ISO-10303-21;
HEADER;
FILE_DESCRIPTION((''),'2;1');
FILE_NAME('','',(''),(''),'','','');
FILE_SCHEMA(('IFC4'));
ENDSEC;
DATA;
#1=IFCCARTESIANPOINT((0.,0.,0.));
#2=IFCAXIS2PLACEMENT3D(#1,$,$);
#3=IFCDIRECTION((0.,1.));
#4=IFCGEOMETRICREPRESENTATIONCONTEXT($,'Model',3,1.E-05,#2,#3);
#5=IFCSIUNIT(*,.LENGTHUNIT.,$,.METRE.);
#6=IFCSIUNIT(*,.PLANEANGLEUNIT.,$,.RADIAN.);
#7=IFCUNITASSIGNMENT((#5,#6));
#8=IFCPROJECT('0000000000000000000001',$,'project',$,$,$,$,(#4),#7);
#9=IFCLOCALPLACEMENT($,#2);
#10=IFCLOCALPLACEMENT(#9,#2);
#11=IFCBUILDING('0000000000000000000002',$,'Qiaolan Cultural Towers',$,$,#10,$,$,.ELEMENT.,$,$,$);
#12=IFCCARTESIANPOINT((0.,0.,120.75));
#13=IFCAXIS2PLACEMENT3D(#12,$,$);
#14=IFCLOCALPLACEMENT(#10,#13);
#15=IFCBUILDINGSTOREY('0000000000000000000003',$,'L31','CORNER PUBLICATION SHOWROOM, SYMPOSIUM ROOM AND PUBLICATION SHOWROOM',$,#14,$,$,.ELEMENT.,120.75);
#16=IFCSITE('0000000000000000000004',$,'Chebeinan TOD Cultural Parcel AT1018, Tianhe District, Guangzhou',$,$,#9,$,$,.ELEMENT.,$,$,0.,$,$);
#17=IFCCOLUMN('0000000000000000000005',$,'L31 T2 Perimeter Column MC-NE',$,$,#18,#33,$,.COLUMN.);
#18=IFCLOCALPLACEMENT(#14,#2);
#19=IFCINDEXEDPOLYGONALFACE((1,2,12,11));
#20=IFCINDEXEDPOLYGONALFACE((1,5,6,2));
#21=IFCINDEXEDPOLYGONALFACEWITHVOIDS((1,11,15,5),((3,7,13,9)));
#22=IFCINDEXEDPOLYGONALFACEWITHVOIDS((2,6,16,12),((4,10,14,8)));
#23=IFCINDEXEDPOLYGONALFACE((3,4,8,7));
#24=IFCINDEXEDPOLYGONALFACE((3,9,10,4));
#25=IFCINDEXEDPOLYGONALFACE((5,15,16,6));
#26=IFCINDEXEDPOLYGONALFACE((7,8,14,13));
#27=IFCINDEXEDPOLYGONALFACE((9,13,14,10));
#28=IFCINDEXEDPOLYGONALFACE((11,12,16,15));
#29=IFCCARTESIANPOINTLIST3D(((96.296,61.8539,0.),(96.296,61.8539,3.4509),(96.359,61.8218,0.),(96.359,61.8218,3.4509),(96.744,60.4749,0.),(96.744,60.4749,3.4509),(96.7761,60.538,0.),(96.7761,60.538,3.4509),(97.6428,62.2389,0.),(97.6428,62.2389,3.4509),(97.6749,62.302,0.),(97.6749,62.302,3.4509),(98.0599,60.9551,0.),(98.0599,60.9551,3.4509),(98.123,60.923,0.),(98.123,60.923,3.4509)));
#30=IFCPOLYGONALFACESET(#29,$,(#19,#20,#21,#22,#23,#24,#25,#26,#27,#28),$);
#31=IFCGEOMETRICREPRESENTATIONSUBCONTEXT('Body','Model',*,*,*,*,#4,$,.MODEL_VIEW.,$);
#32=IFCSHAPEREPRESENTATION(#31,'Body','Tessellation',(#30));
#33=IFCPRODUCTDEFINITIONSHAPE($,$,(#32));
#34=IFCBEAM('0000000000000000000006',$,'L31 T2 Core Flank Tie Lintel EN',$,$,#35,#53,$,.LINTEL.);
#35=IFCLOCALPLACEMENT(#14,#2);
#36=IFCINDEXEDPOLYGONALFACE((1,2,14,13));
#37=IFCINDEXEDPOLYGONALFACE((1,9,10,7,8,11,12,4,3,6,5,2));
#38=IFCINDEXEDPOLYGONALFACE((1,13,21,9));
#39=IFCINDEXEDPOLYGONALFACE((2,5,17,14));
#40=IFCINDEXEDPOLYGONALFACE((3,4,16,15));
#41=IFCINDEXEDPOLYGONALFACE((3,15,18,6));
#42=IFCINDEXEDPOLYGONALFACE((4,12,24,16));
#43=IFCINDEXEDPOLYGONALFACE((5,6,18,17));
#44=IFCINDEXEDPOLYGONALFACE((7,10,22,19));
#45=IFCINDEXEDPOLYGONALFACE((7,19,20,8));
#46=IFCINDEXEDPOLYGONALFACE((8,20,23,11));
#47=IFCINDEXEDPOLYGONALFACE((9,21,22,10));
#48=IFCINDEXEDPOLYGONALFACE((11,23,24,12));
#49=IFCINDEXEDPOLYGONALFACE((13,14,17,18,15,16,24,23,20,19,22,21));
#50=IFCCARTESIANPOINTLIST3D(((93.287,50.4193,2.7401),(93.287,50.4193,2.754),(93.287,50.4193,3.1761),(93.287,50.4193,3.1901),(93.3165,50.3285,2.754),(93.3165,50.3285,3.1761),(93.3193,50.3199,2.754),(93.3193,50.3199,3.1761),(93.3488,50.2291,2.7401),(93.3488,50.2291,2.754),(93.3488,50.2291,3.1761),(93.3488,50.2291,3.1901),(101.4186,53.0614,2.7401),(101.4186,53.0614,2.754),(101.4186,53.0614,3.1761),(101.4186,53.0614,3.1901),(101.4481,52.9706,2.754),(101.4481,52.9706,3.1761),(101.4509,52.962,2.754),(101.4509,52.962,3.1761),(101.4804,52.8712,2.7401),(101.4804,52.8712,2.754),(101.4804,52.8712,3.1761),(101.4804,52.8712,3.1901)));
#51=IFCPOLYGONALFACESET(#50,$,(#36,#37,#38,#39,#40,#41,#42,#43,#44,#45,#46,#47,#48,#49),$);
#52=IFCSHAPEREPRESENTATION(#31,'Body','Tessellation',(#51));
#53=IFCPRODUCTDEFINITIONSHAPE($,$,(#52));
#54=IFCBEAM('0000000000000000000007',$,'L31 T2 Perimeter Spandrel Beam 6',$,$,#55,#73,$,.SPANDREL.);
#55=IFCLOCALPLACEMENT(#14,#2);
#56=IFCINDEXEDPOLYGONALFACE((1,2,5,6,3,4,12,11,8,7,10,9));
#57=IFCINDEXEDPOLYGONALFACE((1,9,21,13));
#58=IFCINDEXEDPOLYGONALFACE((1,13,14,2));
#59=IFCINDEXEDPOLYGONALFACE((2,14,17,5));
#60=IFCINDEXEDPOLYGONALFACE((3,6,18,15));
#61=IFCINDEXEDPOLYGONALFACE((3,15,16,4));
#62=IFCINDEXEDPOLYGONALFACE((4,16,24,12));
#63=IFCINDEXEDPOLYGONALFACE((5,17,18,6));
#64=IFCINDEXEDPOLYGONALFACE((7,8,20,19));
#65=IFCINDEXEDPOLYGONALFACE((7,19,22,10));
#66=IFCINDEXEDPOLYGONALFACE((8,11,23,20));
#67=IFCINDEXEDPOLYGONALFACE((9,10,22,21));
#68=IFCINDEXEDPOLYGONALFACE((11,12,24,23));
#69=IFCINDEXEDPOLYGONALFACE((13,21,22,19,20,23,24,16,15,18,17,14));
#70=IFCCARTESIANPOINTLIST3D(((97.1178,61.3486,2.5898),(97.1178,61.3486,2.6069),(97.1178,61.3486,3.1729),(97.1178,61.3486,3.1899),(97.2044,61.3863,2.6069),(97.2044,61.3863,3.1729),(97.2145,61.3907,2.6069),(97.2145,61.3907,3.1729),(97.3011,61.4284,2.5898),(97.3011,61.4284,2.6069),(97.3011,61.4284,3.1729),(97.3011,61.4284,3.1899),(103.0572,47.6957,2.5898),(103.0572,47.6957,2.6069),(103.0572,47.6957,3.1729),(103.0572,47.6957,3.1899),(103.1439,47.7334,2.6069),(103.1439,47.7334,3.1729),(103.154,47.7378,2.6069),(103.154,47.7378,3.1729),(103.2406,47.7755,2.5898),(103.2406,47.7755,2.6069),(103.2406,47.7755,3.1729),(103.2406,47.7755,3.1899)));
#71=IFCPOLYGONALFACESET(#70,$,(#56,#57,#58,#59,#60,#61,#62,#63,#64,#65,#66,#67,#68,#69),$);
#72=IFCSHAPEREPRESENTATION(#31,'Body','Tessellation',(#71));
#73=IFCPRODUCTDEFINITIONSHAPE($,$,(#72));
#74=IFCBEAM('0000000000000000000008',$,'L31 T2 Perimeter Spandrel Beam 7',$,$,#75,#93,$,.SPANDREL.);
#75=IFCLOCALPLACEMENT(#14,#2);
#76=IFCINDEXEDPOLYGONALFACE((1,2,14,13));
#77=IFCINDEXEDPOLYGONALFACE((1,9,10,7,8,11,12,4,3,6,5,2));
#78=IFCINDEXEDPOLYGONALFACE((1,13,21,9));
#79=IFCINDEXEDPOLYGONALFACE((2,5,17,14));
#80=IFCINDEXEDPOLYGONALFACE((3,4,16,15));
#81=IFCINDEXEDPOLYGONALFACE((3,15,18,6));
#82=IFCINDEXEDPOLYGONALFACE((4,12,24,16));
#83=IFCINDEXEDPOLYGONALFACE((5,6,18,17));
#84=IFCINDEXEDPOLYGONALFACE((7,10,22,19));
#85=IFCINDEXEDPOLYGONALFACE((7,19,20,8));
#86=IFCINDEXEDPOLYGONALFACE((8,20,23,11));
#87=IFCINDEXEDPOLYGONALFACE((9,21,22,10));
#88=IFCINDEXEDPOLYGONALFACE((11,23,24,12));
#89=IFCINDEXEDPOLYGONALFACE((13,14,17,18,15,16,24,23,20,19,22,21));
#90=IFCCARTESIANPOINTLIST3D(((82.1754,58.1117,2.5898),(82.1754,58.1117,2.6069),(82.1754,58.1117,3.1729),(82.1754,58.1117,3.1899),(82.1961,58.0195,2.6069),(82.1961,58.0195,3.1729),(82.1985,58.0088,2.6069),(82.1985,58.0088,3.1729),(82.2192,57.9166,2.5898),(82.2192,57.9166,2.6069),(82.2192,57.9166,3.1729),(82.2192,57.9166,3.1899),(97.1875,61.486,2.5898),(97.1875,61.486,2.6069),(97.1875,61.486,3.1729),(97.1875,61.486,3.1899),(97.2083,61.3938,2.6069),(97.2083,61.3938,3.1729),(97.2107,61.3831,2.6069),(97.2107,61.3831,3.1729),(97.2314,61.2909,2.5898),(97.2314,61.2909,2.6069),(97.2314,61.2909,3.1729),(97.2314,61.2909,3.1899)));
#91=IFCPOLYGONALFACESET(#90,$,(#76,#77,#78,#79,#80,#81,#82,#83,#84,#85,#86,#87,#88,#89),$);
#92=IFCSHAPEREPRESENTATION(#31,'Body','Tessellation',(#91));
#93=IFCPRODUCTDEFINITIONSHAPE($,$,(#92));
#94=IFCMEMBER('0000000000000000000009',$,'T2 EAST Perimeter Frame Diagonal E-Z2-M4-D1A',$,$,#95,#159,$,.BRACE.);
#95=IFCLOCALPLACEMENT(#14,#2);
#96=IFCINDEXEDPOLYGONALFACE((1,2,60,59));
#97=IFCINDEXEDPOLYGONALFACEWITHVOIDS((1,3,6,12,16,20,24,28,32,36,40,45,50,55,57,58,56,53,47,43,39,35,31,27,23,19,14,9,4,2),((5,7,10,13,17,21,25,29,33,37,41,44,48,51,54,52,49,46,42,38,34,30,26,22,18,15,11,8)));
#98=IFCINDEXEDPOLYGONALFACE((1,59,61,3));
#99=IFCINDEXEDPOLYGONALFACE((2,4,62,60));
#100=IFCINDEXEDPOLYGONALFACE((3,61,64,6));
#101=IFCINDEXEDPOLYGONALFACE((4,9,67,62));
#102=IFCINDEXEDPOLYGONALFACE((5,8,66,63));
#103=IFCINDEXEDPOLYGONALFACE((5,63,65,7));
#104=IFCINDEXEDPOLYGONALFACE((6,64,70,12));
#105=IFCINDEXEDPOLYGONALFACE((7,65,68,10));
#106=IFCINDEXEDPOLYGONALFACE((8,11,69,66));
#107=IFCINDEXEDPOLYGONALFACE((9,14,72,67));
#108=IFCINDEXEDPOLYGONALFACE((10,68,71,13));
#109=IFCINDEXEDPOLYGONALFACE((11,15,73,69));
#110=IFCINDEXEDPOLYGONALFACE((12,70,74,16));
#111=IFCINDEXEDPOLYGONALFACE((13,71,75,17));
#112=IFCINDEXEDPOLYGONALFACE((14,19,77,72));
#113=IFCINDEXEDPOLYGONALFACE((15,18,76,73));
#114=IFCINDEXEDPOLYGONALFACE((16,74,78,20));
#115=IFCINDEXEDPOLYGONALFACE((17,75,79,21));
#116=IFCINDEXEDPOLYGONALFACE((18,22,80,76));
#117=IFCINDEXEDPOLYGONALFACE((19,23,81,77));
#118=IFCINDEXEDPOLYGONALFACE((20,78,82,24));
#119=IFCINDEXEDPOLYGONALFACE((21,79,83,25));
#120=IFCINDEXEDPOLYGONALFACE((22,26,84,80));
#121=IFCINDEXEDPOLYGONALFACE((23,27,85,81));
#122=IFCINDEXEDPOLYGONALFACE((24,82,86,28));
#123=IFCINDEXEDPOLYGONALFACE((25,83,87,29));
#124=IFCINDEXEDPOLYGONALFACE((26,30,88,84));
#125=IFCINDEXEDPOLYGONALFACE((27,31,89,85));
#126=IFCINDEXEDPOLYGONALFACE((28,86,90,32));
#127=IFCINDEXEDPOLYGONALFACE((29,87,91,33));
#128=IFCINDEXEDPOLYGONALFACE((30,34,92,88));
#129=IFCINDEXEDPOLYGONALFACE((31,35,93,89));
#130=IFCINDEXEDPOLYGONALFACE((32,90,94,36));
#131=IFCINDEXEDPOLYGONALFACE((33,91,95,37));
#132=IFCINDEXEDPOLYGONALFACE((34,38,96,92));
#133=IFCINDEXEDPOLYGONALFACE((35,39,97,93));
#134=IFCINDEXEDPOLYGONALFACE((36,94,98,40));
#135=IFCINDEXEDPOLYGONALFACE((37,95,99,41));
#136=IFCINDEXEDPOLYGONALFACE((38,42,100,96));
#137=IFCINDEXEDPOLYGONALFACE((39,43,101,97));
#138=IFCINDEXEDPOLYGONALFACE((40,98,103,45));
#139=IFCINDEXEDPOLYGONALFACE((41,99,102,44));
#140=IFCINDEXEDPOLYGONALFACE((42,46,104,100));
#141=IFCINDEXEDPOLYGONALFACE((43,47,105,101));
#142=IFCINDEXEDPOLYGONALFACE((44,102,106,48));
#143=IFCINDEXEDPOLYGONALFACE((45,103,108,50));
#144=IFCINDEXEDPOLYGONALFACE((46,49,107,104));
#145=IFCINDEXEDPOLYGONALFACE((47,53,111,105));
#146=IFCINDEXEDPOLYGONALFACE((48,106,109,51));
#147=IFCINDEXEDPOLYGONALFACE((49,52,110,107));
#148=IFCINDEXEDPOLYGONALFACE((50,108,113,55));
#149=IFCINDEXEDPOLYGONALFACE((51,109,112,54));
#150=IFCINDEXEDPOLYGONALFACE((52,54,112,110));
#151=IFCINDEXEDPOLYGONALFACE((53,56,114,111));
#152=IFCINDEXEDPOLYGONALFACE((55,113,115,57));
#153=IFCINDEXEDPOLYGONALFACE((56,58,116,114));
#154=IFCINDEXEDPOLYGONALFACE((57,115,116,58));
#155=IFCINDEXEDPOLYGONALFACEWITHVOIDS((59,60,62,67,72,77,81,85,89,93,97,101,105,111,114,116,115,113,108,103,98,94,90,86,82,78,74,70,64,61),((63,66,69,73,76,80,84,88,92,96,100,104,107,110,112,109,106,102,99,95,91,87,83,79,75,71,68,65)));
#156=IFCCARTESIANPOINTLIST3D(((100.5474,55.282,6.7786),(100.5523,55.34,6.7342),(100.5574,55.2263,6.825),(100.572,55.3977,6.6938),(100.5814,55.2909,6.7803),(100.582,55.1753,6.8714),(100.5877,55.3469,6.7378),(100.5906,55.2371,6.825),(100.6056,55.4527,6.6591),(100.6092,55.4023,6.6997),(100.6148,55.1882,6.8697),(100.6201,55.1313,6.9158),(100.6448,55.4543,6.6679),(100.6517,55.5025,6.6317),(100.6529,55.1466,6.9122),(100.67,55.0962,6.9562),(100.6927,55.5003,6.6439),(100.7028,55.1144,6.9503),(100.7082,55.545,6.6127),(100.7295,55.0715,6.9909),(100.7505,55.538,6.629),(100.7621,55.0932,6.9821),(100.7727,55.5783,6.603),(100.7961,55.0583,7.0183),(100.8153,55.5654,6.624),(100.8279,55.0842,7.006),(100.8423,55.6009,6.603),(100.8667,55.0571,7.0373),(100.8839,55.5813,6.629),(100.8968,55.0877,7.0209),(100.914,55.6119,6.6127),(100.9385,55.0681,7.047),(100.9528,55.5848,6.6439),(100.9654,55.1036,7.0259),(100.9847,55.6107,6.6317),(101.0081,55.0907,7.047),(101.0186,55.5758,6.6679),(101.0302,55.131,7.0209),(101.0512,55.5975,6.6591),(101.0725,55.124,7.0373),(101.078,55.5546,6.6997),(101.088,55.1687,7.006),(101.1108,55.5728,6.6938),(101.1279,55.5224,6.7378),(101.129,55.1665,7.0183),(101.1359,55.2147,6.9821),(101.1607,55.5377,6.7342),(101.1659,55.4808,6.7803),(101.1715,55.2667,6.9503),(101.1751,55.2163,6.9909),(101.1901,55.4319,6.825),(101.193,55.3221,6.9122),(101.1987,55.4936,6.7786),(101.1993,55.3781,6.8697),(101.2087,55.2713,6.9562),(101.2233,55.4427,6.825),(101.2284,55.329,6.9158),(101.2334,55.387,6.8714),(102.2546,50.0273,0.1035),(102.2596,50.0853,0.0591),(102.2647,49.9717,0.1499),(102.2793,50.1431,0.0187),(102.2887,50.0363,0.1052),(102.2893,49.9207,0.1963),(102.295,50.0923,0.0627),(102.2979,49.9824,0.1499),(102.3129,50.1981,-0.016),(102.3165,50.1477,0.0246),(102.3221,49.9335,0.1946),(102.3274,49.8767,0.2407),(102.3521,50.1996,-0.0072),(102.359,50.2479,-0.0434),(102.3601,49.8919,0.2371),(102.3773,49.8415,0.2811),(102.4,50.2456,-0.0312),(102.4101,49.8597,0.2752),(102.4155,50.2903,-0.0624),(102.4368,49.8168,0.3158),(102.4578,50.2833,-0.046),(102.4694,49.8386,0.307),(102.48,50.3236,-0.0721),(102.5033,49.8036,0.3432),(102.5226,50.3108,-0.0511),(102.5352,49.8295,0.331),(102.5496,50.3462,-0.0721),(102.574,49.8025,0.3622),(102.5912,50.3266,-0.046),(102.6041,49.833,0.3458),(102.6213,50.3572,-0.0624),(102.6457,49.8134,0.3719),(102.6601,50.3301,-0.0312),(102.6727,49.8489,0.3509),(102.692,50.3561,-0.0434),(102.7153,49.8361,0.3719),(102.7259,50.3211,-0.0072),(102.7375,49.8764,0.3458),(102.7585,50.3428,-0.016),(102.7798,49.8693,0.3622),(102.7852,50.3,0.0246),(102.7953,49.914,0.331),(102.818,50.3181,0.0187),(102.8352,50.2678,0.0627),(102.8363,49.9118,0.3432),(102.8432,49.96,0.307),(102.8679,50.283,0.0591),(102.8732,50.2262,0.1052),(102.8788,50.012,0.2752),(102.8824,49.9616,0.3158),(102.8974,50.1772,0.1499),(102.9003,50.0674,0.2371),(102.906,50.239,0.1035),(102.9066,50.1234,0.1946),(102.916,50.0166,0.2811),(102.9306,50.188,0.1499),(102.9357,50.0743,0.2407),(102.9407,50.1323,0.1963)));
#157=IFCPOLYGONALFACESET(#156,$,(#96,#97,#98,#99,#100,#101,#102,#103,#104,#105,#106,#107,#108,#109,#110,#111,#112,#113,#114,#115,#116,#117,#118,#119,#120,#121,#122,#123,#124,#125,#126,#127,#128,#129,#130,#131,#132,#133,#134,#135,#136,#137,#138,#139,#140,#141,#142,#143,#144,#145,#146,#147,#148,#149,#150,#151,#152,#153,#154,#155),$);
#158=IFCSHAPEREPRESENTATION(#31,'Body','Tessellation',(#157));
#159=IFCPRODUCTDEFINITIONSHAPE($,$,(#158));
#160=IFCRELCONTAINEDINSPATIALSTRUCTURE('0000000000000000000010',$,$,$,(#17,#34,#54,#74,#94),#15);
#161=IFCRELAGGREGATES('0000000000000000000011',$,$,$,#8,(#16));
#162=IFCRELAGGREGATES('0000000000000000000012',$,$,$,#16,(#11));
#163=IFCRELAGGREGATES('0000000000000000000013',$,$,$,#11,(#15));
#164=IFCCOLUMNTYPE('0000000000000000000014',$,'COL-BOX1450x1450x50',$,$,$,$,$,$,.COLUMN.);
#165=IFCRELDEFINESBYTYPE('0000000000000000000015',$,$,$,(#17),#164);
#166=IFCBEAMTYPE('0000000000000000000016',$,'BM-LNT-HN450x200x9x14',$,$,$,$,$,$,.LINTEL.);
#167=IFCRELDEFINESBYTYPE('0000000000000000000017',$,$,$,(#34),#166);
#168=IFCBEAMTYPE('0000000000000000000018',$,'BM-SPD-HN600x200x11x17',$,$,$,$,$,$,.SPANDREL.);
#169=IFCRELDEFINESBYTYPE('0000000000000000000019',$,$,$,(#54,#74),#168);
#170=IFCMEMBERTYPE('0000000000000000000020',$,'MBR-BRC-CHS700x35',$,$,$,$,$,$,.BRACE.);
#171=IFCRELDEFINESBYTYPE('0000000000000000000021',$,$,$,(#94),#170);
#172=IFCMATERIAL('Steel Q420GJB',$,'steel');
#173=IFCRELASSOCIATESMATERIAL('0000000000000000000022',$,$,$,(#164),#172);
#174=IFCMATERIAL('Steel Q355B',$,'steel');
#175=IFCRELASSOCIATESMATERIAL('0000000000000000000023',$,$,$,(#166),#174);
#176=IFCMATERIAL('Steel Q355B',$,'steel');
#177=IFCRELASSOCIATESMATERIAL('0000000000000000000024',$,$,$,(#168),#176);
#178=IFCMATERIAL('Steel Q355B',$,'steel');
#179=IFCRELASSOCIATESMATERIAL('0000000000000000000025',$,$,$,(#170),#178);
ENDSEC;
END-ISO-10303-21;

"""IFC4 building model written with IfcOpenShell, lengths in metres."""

from ifc_helpers import new_model, si_unit, direction, frame, origin, origin_2d, place, context, subcontext, project, spatial, hollow_rectangle, hollow_circle, i_section, extrude, material, material_profile, profile_set, type_object, element, save


model = new_model("IFC4")

# Units and contexts
model_context = context("Model", 3, precision=1e-05, world=origin(), true_north=direction((0.0, 1.0)))
body_context = subcontext(model_context, "Body", "Model", "MODEL_VIEW")
ifc_project = project(units=[si_unit("LENGTHUNIT", "METRE"), si_unit("PLANEANGLEUNIT", "RADIAN")], contexts=[model_context])

# Site, building, storey
site_placement = place(None, origin())
site = spatial("IfcSite", under=ifc_project, at=site_placement, Name="Chebeinan TOD Cultural Parcel AT1018, Tianhe District, Guangzhou", CompositionType="ELEMENT", RefElevation=0.0)
building_placement = place(site_placement, origin())
building = spatial("IfcBuilding", under=site, at=building_placement, Name="Qiaolan Cultural Towers", CompositionType="ELEMENT")
storey_placement = place(building_placement, frame((0.0, 0.0, 120.75)))
storey = spatial("IfcBuildingStorey", under=building, at=storey_placement, Name="L31", Description="CORNER PUBLICATION SHOWROOM, SYMPOSIUM ROOM AND PUBLICATION SHOWROOM", CompositionType="ELEMENT", Elevation=120.75)

# Column
ifc_material_1 = material(Name="Steel Q420GJB", Category="steel")
ifc_material_profile_1 = material_profile(ifc_material_1, hollow_rectangle(XDim=1.45, YDim=1.45, WallThickness=0.05, at=origin_2d()), Name="BOX1450x1450x50")
ifc_profile_set_1 = profile_set([ifc_material_profile_1], Name="Steel Q420GJB")
column_type = type_object("IfcColumnType", Name="COL-BOX1450x1450x50", PredefinedType="COLUMN", material=ifc_profile_set_1)
column_placement = place(storey_placement, frame((97.2095, 61.3884, 0.0), z_axis=(0.0, 0.0, 1.0), x_axis=(0.951057, 0.309017, 0.0)))
element("IfcColumn", 1, at=column_placement, inside=storey, type_object=column_type, Name="L31 T2 Perimeter Column MC-NE", PredefinedType="COLUMN", context=body_context, shape_type="SweptSolid", body=[
    extrude(hollow_rectangle(XDim=1.45, YDim=1.45, WallThickness=0.05, at=origin_2d()), origin(), (0.0, 0.0, 1.0), 3.4509),
])

# Beams
ifc_material_2 = material(Name="Steel Q355B", Category="steel")
ifc_material_profile_2 = material_profile(ifc_material_2, i_section(OverallWidth=0.2, OverallDepth=0.45, WebThickness=0.009, FlangeThickness=0.0139, at=origin_2d()), Name="HN450x200x9x14")
ifc_profile_set_2 = profile_set([ifc_material_profile_2], Name="Steel Q355B")
beam_type_1 = type_object("IfcBeamType", Name="BM-LNT-HN450x200x9x14", PredefinedType="LINTEL", material=ifc_profile_set_2)
beam_1_placement = place(storey_placement, frame((93.3179, 50.3242, 2.9651), z_axis=(0.951057, 0.309014, 0.0), x_axis=(-0.309014, 0.951057, 0.0)))
element("IfcBeam", 2, at=beam_1_placement, inside=storey, type_object=beam_type_1, Name="L31 T2 Core Flank Tie Lintel EN", PredefinedType="LINTEL", context=body_context, shape_type="SweptSolid", body=[
    extrude(i_section(OverallWidth=0.2, OverallDepth=0.45, WebThickness=0.009, FlangeThickness=0.0139, at=origin_2d()), origin(), (0.0, 0.0, 1.0), 8.55),
])
ifc_material_3 = material(Name="Steel Q355B", Category="steel")
ifc_material_profile_3 = material_profile(ifc_material_3, i_section(OverallWidth=0.2, OverallDepth=0.6001, WebThickness=0.011, FlangeThickness=0.0171, at=origin_2d()), Name="HN600x200x11x17")
ifc_profile_set_3 = profile_set([ifc_material_profile_3], Name="Steel Q355B")
beam_type_2 = type_object("IfcBeamType", Name="BM-SPD-HN600x200x11x17", PredefinedType="SPANDREL", material=ifc_profile_set_3)
beam_2_placement = place(storey_placement, frame((103.1489, 47.7356, 2.8899), z_axis=(-0.39892, 0.916986, 0.0), x_axis=(-0.916986, -0.39892, 0.0)))
element("IfcBeam", 3, at=beam_2_placement, inside=storey, type_object=beam_type_2, Name="L31 T2 Perimeter Spandrel Beam 6", PredefinedType="SPANDREL", context=body_context, shape_type="SweptSolid", body=[
    extrude(i_section(OverallWidth=0.2, OverallDepth=0.6001, WebThickness=0.011, FlangeThickness=0.0171, at=origin_2d()), origin(), (0.0, 0.0, 1.0), 14.8889),
])
beam_3_placement = place(storey_placement, frame((97.2095, 61.3884, 2.8899), z_axis=(-0.975658, -0.219297, 0.0), x_axis=(0.219297, -0.975658, 0.0)))
element("IfcBeam", 4, at=beam_3_placement, inside=storey, type_object=beam_type_2, Name="L31 T2 Perimeter Spandrel Beam 7", PredefinedType="SPANDREL", context=body_context, shape_type="SweptSolid", body=[
    extrude(i_section(OverallWidth=0.2, OverallDepth=0.6001, WebThickness=0.011, FlangeThickness=0.0171, at=origin_2d()), origin(), (0.0, 0.0, 1.0), 15.3867),
])

# Member
ifc_material_4 = material(Name="Steel Q355B", Category="steel")
ifc_material_profile_4 = material_profile(ifc_material_4, hollow_circle(Radius=0.3501, WallThickness=0.0349, at=origin_2d()), Name="CHS700x35")
ifc_profile_set_4 = profile_set([ifc_material_profile_4], Name="Steel Q355B")
member_type = type_object("IfcMemberType", Name="MBR-BRC-CHS700x35", PredefinedType="BRACE", material=ifc_profile_set_4)
for number, where, z_axis, x_axis, name in (
    (5, (102.5977, 50.0798, 0.1499), (-0.197031, 0.606421, 0.770346), (-0.95106, -0.309007, 0.0), "T2 EAST Perimeter Frame Diagonal E-Z2-M4-D1A"),
):
    element("IfcMember", number, at=place(storey_placement, frame(where, z_axis=z_axis, x_axis=x_axis)), inside=storey, type_object=member_type, Name=name, PredefinedType="BRACE", context=body_context, shape_type="SweptSolid", body=[
        extrude(hollow_circle(Radius=0.3501, WallThickness=0.0349, at=origin_2d()), origin(), (0.0, 0.0, 1.0), 8.665),
    ])

save(model, "model.ifc")
